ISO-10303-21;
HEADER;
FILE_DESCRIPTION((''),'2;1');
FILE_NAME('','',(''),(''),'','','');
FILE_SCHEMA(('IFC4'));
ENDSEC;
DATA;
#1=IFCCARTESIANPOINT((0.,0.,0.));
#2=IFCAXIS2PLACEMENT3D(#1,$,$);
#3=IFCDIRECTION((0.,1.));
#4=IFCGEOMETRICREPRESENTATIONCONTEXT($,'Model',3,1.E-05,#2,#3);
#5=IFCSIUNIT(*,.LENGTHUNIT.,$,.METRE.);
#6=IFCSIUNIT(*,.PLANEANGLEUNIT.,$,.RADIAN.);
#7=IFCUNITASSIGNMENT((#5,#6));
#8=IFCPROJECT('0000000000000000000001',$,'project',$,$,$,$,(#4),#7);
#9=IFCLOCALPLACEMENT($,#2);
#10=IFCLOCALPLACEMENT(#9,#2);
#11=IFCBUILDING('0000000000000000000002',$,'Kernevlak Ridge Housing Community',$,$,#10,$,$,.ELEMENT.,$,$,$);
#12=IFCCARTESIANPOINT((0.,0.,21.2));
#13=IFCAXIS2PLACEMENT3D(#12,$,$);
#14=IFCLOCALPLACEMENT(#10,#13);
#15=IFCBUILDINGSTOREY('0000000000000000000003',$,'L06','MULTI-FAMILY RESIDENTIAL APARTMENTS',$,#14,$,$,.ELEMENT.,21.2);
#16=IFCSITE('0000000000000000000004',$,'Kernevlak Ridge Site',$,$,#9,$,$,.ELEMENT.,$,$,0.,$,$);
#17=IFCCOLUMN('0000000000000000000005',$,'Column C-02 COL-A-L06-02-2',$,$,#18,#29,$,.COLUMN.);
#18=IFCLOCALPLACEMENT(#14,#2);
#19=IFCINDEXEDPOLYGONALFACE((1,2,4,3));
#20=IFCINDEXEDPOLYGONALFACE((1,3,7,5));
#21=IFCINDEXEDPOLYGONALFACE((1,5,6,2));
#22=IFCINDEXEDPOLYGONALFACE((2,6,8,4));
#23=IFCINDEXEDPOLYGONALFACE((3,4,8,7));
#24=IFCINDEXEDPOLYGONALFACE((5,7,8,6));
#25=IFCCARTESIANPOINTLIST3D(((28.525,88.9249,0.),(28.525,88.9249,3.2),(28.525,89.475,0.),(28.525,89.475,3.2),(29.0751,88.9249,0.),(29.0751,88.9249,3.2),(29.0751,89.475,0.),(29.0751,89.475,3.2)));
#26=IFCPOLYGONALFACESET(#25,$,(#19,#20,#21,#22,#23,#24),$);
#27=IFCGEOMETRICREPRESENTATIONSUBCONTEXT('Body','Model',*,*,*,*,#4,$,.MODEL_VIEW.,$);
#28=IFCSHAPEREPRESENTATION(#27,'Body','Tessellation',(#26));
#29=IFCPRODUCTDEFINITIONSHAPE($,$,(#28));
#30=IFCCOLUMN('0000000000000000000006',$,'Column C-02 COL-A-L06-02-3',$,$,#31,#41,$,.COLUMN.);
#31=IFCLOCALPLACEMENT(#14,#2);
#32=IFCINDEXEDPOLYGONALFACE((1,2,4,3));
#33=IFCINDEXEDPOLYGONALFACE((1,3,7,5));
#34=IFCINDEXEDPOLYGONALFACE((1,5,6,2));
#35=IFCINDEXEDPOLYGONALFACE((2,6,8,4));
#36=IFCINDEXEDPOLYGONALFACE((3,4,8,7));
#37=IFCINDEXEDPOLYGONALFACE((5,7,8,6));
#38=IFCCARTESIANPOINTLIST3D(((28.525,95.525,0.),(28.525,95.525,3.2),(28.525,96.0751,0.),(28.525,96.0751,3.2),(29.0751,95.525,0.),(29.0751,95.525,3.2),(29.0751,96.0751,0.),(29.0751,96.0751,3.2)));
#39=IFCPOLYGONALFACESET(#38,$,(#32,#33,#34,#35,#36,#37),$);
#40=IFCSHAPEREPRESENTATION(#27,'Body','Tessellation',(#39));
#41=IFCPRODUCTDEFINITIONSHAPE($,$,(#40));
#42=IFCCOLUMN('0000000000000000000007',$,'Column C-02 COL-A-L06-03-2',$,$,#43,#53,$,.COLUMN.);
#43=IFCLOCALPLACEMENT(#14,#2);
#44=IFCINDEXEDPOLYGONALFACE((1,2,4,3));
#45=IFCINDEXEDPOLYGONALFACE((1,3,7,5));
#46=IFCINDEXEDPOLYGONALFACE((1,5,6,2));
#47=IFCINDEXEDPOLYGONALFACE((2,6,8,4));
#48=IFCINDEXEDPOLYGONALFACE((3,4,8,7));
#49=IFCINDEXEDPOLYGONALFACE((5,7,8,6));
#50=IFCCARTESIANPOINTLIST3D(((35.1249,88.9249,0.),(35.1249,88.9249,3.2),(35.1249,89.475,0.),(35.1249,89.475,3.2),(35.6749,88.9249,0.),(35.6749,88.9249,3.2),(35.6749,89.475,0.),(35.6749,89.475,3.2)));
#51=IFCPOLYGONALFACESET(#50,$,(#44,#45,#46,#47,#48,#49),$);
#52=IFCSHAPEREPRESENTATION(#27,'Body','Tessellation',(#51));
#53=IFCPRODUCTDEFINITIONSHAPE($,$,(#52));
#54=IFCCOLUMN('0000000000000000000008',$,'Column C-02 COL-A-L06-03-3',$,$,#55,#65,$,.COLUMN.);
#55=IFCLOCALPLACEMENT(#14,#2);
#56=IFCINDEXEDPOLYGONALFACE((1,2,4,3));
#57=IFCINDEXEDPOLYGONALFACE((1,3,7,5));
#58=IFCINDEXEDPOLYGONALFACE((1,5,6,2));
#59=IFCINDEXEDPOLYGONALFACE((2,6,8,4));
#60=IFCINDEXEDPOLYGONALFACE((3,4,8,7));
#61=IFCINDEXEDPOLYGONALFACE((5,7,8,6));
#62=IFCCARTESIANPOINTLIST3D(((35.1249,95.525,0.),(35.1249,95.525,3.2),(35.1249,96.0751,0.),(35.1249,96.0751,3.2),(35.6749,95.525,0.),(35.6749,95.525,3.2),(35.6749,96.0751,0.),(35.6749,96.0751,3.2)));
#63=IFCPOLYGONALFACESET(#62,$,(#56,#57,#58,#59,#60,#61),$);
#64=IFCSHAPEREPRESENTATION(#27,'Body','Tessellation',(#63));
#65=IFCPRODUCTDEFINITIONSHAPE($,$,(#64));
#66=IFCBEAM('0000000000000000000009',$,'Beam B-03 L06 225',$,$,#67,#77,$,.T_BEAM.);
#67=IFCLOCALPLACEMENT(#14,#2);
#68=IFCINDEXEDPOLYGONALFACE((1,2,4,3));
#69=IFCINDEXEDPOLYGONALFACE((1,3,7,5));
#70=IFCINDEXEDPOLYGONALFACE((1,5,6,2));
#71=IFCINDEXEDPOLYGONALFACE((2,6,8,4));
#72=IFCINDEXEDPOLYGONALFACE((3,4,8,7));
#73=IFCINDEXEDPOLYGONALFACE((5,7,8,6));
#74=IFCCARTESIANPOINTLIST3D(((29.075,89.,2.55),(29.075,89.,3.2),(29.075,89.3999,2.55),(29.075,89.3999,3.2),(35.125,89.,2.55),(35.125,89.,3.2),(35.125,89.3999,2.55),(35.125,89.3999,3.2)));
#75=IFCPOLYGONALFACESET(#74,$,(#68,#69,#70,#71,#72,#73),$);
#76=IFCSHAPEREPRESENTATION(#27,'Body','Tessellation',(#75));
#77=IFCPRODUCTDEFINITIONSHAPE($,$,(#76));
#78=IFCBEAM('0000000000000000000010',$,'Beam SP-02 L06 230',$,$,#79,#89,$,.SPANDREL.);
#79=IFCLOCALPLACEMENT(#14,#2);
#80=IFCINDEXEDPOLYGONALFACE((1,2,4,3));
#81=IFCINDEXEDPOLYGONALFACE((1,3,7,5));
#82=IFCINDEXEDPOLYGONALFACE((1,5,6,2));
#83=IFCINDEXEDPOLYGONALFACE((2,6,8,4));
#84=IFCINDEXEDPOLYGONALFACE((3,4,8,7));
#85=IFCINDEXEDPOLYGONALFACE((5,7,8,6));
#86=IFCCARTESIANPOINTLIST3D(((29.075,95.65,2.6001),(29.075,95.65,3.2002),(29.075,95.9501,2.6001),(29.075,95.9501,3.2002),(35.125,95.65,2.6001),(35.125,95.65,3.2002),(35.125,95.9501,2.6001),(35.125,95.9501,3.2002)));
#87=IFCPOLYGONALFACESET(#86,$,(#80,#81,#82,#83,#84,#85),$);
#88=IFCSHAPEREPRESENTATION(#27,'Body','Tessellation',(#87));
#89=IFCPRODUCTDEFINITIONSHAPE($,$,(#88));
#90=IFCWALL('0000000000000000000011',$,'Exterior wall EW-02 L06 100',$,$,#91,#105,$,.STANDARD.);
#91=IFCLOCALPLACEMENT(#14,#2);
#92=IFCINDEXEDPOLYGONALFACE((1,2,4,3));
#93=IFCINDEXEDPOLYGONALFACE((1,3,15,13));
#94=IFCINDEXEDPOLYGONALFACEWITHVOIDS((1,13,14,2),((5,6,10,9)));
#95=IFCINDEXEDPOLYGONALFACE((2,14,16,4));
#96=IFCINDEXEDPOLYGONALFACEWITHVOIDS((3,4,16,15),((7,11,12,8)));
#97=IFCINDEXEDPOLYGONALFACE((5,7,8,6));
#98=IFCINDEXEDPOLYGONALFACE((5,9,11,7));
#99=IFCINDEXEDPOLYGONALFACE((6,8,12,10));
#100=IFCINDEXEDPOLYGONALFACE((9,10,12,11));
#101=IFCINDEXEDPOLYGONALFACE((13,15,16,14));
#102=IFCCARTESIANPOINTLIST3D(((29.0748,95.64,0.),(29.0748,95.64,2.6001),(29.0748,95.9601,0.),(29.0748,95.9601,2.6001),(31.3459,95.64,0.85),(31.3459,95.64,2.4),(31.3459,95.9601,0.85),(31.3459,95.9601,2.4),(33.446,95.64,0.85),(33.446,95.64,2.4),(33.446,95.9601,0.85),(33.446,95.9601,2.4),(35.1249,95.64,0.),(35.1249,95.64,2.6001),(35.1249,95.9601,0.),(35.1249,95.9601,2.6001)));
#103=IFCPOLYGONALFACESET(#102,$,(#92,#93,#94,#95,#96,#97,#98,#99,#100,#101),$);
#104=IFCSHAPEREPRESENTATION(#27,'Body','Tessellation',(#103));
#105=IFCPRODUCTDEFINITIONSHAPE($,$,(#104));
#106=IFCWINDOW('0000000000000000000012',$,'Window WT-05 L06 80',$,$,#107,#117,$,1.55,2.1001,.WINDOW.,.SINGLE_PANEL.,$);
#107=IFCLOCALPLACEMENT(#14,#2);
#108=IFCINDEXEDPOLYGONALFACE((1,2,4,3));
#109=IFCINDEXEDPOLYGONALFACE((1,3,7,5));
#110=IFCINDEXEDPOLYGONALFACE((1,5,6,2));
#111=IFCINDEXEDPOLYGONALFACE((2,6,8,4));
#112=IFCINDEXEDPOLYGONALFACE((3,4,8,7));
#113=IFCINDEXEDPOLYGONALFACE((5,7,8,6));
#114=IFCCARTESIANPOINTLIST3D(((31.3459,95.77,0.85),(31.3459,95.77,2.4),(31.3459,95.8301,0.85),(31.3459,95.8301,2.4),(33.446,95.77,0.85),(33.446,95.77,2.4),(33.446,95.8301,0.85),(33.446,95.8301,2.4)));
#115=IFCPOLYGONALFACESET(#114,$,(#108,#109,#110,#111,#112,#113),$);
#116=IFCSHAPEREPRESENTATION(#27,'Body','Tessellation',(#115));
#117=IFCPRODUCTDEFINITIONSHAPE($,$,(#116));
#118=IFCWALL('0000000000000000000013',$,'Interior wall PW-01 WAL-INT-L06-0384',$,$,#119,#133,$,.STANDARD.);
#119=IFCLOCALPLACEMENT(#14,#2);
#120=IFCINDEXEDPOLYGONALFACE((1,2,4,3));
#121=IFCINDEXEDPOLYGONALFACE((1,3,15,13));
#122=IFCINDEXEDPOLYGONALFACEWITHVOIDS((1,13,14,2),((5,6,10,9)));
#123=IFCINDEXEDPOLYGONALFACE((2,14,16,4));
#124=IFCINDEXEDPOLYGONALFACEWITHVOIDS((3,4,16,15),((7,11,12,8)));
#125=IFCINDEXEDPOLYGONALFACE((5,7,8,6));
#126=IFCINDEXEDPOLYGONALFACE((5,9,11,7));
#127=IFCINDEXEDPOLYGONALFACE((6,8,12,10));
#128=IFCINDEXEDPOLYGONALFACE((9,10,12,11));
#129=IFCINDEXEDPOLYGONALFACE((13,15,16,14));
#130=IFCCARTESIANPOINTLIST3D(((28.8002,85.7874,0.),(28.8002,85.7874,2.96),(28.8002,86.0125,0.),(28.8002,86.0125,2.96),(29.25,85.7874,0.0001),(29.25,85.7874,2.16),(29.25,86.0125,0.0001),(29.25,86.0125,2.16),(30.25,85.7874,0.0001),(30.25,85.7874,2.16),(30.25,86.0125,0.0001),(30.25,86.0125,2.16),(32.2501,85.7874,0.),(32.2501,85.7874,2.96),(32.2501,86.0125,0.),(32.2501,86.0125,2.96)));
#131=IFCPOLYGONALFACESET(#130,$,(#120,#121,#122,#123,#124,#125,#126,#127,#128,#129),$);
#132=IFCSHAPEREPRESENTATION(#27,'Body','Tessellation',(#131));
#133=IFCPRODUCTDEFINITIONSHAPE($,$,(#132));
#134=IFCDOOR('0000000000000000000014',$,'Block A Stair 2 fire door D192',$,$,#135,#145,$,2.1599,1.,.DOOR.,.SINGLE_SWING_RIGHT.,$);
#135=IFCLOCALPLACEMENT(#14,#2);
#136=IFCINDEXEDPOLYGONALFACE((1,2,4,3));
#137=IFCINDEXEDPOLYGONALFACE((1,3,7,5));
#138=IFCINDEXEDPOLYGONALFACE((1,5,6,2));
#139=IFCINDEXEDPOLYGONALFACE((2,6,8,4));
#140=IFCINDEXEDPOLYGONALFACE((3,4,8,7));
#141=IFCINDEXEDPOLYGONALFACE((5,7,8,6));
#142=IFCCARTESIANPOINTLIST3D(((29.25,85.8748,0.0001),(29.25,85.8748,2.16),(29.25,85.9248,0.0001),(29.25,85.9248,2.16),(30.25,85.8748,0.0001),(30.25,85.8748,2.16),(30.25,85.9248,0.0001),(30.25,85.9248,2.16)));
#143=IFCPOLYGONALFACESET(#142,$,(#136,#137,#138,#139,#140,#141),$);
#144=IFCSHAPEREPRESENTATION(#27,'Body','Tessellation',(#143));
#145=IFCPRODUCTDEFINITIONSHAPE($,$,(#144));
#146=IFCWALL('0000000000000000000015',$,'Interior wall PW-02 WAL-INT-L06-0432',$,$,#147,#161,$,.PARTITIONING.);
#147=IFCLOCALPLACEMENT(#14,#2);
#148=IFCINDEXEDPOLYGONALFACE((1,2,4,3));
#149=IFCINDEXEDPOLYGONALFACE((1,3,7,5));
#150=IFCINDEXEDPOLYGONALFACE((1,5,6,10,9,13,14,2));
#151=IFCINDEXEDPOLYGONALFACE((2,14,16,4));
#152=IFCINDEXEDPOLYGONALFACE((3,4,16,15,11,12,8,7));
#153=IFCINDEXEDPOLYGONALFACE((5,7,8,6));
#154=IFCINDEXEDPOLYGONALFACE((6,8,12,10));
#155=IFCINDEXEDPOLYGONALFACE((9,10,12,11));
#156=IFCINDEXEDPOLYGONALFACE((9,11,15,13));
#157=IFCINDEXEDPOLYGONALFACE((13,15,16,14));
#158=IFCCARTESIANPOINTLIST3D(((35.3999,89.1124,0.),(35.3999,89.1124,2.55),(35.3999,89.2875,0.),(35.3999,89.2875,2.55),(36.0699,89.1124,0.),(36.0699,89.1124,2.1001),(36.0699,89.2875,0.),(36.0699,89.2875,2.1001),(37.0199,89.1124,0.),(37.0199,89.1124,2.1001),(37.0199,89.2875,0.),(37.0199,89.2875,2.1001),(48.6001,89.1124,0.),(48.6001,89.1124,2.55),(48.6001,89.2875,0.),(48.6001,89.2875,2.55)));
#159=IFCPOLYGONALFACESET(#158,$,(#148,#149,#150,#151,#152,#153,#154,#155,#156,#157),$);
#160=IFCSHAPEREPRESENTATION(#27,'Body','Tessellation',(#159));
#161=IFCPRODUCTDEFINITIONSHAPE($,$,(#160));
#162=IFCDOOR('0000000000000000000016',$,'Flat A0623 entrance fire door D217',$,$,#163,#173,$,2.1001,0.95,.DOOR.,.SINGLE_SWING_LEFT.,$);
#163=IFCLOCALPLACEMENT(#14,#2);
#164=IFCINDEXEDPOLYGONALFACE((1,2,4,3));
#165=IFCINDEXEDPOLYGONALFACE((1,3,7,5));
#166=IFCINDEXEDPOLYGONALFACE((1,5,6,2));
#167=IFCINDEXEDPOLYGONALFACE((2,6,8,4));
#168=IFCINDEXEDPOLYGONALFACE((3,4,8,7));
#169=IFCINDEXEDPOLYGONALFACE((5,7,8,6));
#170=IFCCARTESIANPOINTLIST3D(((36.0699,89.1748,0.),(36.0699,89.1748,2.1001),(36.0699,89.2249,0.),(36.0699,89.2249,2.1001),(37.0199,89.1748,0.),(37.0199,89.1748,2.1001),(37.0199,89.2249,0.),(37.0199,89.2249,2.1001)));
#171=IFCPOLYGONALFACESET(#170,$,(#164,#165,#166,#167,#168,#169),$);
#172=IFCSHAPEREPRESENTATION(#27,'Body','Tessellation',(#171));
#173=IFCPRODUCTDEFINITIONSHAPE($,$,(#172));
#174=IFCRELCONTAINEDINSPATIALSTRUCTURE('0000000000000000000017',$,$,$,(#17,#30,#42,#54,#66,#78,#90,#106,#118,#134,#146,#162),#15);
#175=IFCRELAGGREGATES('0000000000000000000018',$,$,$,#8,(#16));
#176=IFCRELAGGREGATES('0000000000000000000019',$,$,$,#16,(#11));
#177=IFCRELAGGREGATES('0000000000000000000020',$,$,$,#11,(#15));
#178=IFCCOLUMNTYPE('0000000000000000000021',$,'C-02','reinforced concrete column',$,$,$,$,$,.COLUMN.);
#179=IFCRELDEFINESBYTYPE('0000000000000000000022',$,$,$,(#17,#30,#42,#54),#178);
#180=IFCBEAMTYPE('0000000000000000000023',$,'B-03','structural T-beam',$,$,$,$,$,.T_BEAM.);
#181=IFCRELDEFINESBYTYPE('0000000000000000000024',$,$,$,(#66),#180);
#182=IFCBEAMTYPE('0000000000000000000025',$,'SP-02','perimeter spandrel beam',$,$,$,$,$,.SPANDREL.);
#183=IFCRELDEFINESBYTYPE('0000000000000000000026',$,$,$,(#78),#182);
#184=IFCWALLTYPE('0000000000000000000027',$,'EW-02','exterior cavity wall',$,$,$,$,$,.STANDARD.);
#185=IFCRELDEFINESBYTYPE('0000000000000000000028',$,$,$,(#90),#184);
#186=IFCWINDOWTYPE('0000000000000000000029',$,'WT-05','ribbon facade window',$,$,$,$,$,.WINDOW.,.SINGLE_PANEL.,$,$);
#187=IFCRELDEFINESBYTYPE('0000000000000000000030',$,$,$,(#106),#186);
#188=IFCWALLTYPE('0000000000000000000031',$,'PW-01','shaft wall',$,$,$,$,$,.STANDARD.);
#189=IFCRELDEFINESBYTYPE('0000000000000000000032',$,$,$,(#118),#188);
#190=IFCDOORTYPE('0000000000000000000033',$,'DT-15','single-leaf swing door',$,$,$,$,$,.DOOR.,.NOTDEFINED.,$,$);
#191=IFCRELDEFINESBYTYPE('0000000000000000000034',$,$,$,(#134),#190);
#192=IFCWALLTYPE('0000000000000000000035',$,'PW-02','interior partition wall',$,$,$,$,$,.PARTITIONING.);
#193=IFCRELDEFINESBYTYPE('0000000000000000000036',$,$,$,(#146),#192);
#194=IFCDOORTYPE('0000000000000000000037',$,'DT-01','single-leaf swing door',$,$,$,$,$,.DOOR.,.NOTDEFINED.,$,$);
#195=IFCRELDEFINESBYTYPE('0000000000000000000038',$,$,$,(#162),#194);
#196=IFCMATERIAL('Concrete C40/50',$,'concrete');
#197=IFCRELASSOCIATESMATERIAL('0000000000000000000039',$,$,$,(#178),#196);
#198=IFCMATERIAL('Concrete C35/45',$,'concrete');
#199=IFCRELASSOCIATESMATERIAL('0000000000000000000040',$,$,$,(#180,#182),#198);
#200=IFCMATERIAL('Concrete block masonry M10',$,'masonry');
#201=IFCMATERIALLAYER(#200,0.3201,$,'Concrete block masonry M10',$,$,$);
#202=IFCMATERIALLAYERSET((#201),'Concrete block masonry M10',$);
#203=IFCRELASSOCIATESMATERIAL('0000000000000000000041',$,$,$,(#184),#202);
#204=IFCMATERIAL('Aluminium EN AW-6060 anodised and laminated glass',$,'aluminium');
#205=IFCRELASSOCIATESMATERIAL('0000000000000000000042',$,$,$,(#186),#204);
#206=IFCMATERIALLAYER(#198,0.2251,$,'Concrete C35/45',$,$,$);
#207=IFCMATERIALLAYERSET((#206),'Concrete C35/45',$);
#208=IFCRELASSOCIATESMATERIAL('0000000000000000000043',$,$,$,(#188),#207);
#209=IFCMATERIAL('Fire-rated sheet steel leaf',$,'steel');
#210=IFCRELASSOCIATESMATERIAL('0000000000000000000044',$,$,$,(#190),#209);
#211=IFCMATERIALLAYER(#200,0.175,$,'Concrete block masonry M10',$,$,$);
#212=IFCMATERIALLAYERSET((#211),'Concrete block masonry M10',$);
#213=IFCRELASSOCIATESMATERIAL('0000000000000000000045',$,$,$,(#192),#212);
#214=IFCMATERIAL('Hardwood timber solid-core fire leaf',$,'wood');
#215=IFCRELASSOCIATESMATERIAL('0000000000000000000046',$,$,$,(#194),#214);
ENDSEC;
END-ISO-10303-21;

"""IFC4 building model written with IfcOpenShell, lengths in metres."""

from ifc_helpers import new_model, si_unit, direction, frame, frame_2d, origin, origin_2d, place, context, subcontext, project, spatial, rectangle, extrude, material, layer, layer_set, material_profile, profile_set, type_object, element, fill, save


model = new_model("IFC4")

# Units and contexts
model_context = context("Model", 3, precision=1e-05, world=origin(), true_north=direction((0.0, 1.0)))
body_context = subcontext(model_context, "Body", "Model", "MODEL_VIEW")
ifc_project = project(units=[si_unit("LENGTHUNIT", "METRE"), si_unit("PLANEANGLEUNIT", "RADIAN")], contexts=[model_context])

# Site, building, storey
site_placement = place(None, origin())
site = spatial("IfcSite", under=ifc_project, at=site_placement, Name="Kernevlak Ridge Site", CompositionType="ELEMENT", RefElevation=0.0)
building_placement = place(site_placement, origin())
building = spatial("IfcBuilding", under=site, at=building_placement, Name="Kernevlak Ridge Housing Community", CompositionType="ELEMENT")
storey_placement = place(building_placement, frame((0.0, 0.0, 21.2)))
storey = spatial("IfcBuildingStorey", under=building, at=storey_placement, Name="L06", Description="MULTI-FAMILY RESIDENTIAL APARTMENTS", CompositionType="ELEMENT", Elevation=21.2)

# Columns
ifc_material_1 = material(Name="Concrete C40/50", Category="concrete")
ifc_material_profile_1 = material_profile(ifc_material_1, rectangle(XDim=0.55, YDim=0.55, at=origin_2d()), Name="RC 550x550")
ifc_profile_set_1 = profile_set([ifc_material_profile_1], Name="Concrete C40/50")
column_type = type_object("IfcColumnType", Name="C-02", Description="reinforced concrete column", PredefinedType="COLUMN", material=ifc_profile_set_1)
for number, where, z_axis, x_axis, name in (
    (1, (28.8, 89.2, 0.0), (0.0, 0.0, 1.0), (1.0, 0.0, 0.0), "Column C-02 COL-A-L06-02-2"),
    (2, (28.8, 95.8, 0.0), (0.0, 0.0, 1.0), (1.0, 0.0, 0.0), "Column C-02 COL-A-L06-02-3"),
    (3, (35.3999, 89.2, 0.0), (0.0, 0.0, 1.0), (1.0, 0.0, 0.0), "Column C-02 COL-A-L06-03-2"),
    (4, (35.3999, 95.8, 0.0), (0.0, 0.0, 1.0), (1.0, 0.0, 0.0), "Column C-02 COL-A-L06-03-3"),
):
    element("IfcColumn", number, at=place(storey_placement, frame(where, z_axis=z_axis, x_axis=x_axis)), inside=storey, type_object=column_type, Name=name, PredefinedType="COLUMN", context=body_context, shape_type="SweptSolid", body=[
        extrude(rectangle(XDim=0.55, YDim=0.55, at=origin_2d()), origin(), (0.0, 0.0, 1.0), 3.2),
    ])

# Beams
ifc_material_2 = material(Name="Concrete C35/45", Category="concrete")
ifc_material_profile_2 = material_profile(ifc_material_2, rectangle(XDim=0.3999, YDim=0.6499, at=origin_2d()), Name="RC 400x650")
ifc_profile_set_2 = profile_set([ifc_material_profile_2], Name="Concrete C35/45")
beam_type_1 = type_object("IfcBeamType", Name="B-03", Description="structural T-beam", PredefinedType="T_BEAM", material=ifc_profile_set_2)
beam_1_placement = place(storey_placement, frame((29.075, 89.2, 2.875), z_axis=(1.0, 0.0, 0.0), x_axis=(0.0, 1.0, 0.0)))
element("IfcBeam", 5, at=beam_1_placement, inside=storey, type_object=beam_type_1, Name="Beam B-03 L06 225", PredefinedType="T_BEAM", context=body_context, shape_type="SweptSolid", body=[
    extrude(rectangle(XDim=0.3999, YDim=0.6499, at=origin_2d()), origin(), (0.0, 0.0, 1.0), 6.05),
])
ifc_material_profile_3 = material_profile(ifc_material_2, rectangle(XDim=0.3, YDim=0.6001, at=origin_2d()), Name="RC 300x600")
ifc_profile_set_3 = profile_set([ifc_material_profile_3], Name="Concrete C35/45")
beam_type_2 = type_object("IfcBeamType", Name="SP-02", Description="perimeter spandrel beam", PredefinedType="SPANDREL", material=ifc_profile_set_3)
beam_2_placement = place(storey_placement, frame((29.075, 95.8, 2.9001), z_axis=(1.0, 0.0, 0.0), x_axis=(0.0, 1.0, 0.0)))
element("IfcBeam", 6, at=beam_2_placement, inside=storey, type_object=beam_type_2, Name="Beam SP-02 L06 230", PredefinedType="SPANDREL", context=body_context, shape_type="SweptSolid", body=[
    extrude(rectangle(XDim=0.3, YDim=0.6001, at=origin_2d()), origin(), (0.0, 0.0, 1.0), 6.05),
])

# Wall, opening, window
ifc_material_3 = material(Name="Concrete block masonry M10", Category="masonry")
ifc_layer_1 = layer(ifc_material_3, 0.3201, Name="Concrete block masonry M10")
ifc_layer_set_1 = layer_set([ifc_layer_1], Name="Concrete block masonry M10")
wall_type_1 = type_object("IfcWallType", Name="EW-02", Description="exterior cavity wall", PredefinedType="STANDARD", material=ifc_layer_set_1)
wall_1_placement = place(storey_placement, frame((29.075, 95.8, 0.0), z_axis=(0.0, 0.0, 1.0), x_axis=(1.0, 0.0, 0.0)))
wall_1 = element("IfcWall", 7, at=wall_1_placement, inside=storey, type_object=wall_type_1, Name="Exterior wall EW-02 L06 100", PredefinedType="STANDARD", context=body_context, shape_type="SweptSolid", body=[
    extrude(rectangle(XDim=6.05, YDim=0.3201, at=frame_2d((3.0249, 0.0))), origin(), (0.0, 0.0, 1.0), 2.6001),
])
opening_1_placement = place(wall_1_placement, frame((2.271, 0.0, 0.8501)))
opening_1 = element("IfcOpeningElement", 8, at=opening_1_placement, cuts=wall_1, PredefinedType="OPENING", context=body_context, shape_type="SweptSolid", body=[
    extrude(rectangle(XDim=2.1001, YDim=1.55, at=frame_2d((1.05, 0.7749))), frame((0.0, 0.1699, 0.0), z_axis=(0.0, -1.0, 0.0), x_axis=(1.0, 0.0, 0.0)), (0.0, 0.0, 1.0), 0.3401),
])
ifc_material_4 = material(Name="Aluminium EN AW-6060 anodised and laminated glass", Category="aluminium")
window_type = type_object("IfcWindowType", Name="WT-05", Description="ribbon facade window", PartitioningType="SINGLE_PANEL", PredefinedType="WINDOW", material=ifc_material_4)
window_placement = place(opening_1_placement, origin())
window = element("IfcWindow", 9, at=window_placement, inside=storey, type_object=window_type, Name="Window WT-05 L06 80", OverallHeight=1.55, OverallWidth=2.1001, PartitioningType="SINGLE_PANEL", PredefinedType="WINDOW", context=body_context, shape_type="SweptSolid", body=[
    extrude(rectangle(XDim=2.1001, YDim=1.55, at=frame_2d((1.05, 0.7749))), frame((0.0, 0.03, 0.0), z_axis=(0.0, -1.0, 0.0), x_axis=(1.0, 0.0, 0.0)), (0.0, 0.0, 1.0), 0.0601),
])
fill(opening_1, window)

# Walls, openings, doors
ifc_layer_2 = layer(ifc_material_2, 0.2251, Name="Concrete C35/45")
ifc_layer_set_2 = layer_set([ifc_layer_2], Name="Concrete C35/45")
wall_type_2 = type_object("IfcWallType", Name="PW-01", Description="shaft wall", PredefinedType="STANDARD", material=ifc_layer_set_2)
wall_2_placement = place(storey_placement, frame((28.8, 85.8999, 0.0), z_axis=(0.0, 0.0, 1.0), x_axis=(1.0, 0.0, 0.0)))
wall_2 = element("IfcWall", 10, at=wall_2_placement, inside=storey, type_object=wall_type_2, Name="Interior wall PW-01 WAL-INT-L06-0384", PredefinedType="STANDARD", context=body_context, shape_type="SweptSolid", body=[
    extrude(rectangle(XDim=3.45, YDim=0.2251, at=frame_2d((1.7251, 0.0))), origin(), (0.0, 0.0, 1.0), 2.96),
])
opening_2_placement = place(wall_2_placement, frame((0.45, 0.0, 0.0)))
opening_2 = element("IfcOpeningElement", 11, at=opening_2_placement, cuts=wall_2, PredefinedType="OPENING", context=body_context, shape_type="SweptSolid", body=[
    extrude(rectangle(XDim=1.0, YDim=2.1599, at=frame_2d((0.5, 1.0801))), frame((0.0, 0.1226, 0.0), z_axis=(0.0, -1.0, 0.0), x_axis=(1.0, 0.0, 0.0)), (0.0, 0.0, 1.0), 0.2451),
])
ifc_material_5 = material(Name="Fire-rated sheet steel leaf", Category="steel")
door_type_1 = type_object("IfcDoorType", Name="DT-15", Description="single-leaf swing door", OperationType="NOTDEFINED", PredefinedType="DOOR", material=ifc_material_5)
door_1_placement = place(opening_2_placement, origin())
door_1 = element("IfcDoor", 12, at=door_1_placement, inside=storey, type_object=door_type_1, Name="Block A Stair 2 fire door D192", OperationType="SINGLE_SWING_RIGHT", OverallHeight=2.1599, OverallWidth=1.0, PredefinedType="DOOR", context=body_context, shape_type="SweptSolid", body=[
    extrude(rectangle(XDim=1.0, YDim=2.1599, at=frame_2d((0.5, 1.0801))), frame((0.0, 0.0249, 0.0), z_axis=(0.0, -1.0, 0.0), x_axis=(1.0, 0.0, 0.0)), (0.0, 0.0, 1.0), 0.05),
])
fill(opening_2, door_1)
ifc_layer_3 = layer(ifc_material_3, 0.175, Name="Concrete block masonry M10")
ifc_layer_set_3 = layer_set([ifc_layer_3], Name="Concrete block masonry M10")
wall_type_3 = type_object("IfcWallType", Name="PW-02", Description="interior partition wall", PredefinedType="PARTITIONING", material=ifc_layer_set_3)
wall_3_placement = place(storey_placement, frame((35.3999, 89.2, 0.0), z_axis=(0.0, 0.0, 1.0), x_axis=(1.0, 0.0, 0.0)))
wall_3 = element("IfcWall", 13, at=wall_3_placement, inside=storey, type_object=wall_type_3, Name="Interior wall PW-02 WAL-INT-L06-0432", PredefinedType="PARTITIONING", context=body_context, shape_type="SweptSolid", body=[
    extrude(rectangle(XDim=13.2002, YDim=0.175, at=frame_2d((6.6001, 0.0))), origin(), (0.0, 0.0, 1.0), 2.55),
])
opening_3_placement = place(wall_3_placement, frame((0.6699, 0.0, 0.0)))
opening_3 = element("IfcOpeningElement", 14, at=opening_3_placement, cuts=wall_3, PredefinedType="OPENING", context=body_context, shape_type="SweptSolid", body=[
    extrude(rectangle(XDim=0.95, YDim=2.1001, at=frame_2d((0.4751, 1.05))), frame((0.0, 0.0974, 0.0), z_axis=(0.0, -1.0, 0.0), x_axis=(1.0, 0.0, 0.0)), (0.0, 0.0, 1.0), 0.1951),
])
ifc_material_6 = material(Name="Hardwood timber solid-core fire leaf", Category="wood")
door_type_2 = type_object("IfcDoorType", Name="DT-01", Description="single-leaf swing door", OperationType="NOTDEFINED", PredefinedType="DOOR", material=ifc_material_6)
door_2_placement = place(opening_3_placement, origin())
door_2 = element("IfcDoor", 15, at=door_2_placement, inside=storey, type_object=door_type_2, Name="Flat A0623 entrance fire door D217", OperationType="SINGLE_SWING_LEFT", OverallHeight=2.1001, OverallWidth=0.95, PredefinedType="DOOR", context=body_context, shape_type="SweptSolid", body=[
    extrude(rectangle(XDim=0.95, YDim=2.1001, at=frame_2d((0.4751, 1.05))), frame((0.0, 0.0249, 0.0), z_axis=(0.0, -1.0, 0.0), x_axis=(1.0, 0.0, 0.0)), (0.0, 0.0, 1.0), 0.05),
])
fill(opening_3, door_2)

save(model, "model.ifc")
